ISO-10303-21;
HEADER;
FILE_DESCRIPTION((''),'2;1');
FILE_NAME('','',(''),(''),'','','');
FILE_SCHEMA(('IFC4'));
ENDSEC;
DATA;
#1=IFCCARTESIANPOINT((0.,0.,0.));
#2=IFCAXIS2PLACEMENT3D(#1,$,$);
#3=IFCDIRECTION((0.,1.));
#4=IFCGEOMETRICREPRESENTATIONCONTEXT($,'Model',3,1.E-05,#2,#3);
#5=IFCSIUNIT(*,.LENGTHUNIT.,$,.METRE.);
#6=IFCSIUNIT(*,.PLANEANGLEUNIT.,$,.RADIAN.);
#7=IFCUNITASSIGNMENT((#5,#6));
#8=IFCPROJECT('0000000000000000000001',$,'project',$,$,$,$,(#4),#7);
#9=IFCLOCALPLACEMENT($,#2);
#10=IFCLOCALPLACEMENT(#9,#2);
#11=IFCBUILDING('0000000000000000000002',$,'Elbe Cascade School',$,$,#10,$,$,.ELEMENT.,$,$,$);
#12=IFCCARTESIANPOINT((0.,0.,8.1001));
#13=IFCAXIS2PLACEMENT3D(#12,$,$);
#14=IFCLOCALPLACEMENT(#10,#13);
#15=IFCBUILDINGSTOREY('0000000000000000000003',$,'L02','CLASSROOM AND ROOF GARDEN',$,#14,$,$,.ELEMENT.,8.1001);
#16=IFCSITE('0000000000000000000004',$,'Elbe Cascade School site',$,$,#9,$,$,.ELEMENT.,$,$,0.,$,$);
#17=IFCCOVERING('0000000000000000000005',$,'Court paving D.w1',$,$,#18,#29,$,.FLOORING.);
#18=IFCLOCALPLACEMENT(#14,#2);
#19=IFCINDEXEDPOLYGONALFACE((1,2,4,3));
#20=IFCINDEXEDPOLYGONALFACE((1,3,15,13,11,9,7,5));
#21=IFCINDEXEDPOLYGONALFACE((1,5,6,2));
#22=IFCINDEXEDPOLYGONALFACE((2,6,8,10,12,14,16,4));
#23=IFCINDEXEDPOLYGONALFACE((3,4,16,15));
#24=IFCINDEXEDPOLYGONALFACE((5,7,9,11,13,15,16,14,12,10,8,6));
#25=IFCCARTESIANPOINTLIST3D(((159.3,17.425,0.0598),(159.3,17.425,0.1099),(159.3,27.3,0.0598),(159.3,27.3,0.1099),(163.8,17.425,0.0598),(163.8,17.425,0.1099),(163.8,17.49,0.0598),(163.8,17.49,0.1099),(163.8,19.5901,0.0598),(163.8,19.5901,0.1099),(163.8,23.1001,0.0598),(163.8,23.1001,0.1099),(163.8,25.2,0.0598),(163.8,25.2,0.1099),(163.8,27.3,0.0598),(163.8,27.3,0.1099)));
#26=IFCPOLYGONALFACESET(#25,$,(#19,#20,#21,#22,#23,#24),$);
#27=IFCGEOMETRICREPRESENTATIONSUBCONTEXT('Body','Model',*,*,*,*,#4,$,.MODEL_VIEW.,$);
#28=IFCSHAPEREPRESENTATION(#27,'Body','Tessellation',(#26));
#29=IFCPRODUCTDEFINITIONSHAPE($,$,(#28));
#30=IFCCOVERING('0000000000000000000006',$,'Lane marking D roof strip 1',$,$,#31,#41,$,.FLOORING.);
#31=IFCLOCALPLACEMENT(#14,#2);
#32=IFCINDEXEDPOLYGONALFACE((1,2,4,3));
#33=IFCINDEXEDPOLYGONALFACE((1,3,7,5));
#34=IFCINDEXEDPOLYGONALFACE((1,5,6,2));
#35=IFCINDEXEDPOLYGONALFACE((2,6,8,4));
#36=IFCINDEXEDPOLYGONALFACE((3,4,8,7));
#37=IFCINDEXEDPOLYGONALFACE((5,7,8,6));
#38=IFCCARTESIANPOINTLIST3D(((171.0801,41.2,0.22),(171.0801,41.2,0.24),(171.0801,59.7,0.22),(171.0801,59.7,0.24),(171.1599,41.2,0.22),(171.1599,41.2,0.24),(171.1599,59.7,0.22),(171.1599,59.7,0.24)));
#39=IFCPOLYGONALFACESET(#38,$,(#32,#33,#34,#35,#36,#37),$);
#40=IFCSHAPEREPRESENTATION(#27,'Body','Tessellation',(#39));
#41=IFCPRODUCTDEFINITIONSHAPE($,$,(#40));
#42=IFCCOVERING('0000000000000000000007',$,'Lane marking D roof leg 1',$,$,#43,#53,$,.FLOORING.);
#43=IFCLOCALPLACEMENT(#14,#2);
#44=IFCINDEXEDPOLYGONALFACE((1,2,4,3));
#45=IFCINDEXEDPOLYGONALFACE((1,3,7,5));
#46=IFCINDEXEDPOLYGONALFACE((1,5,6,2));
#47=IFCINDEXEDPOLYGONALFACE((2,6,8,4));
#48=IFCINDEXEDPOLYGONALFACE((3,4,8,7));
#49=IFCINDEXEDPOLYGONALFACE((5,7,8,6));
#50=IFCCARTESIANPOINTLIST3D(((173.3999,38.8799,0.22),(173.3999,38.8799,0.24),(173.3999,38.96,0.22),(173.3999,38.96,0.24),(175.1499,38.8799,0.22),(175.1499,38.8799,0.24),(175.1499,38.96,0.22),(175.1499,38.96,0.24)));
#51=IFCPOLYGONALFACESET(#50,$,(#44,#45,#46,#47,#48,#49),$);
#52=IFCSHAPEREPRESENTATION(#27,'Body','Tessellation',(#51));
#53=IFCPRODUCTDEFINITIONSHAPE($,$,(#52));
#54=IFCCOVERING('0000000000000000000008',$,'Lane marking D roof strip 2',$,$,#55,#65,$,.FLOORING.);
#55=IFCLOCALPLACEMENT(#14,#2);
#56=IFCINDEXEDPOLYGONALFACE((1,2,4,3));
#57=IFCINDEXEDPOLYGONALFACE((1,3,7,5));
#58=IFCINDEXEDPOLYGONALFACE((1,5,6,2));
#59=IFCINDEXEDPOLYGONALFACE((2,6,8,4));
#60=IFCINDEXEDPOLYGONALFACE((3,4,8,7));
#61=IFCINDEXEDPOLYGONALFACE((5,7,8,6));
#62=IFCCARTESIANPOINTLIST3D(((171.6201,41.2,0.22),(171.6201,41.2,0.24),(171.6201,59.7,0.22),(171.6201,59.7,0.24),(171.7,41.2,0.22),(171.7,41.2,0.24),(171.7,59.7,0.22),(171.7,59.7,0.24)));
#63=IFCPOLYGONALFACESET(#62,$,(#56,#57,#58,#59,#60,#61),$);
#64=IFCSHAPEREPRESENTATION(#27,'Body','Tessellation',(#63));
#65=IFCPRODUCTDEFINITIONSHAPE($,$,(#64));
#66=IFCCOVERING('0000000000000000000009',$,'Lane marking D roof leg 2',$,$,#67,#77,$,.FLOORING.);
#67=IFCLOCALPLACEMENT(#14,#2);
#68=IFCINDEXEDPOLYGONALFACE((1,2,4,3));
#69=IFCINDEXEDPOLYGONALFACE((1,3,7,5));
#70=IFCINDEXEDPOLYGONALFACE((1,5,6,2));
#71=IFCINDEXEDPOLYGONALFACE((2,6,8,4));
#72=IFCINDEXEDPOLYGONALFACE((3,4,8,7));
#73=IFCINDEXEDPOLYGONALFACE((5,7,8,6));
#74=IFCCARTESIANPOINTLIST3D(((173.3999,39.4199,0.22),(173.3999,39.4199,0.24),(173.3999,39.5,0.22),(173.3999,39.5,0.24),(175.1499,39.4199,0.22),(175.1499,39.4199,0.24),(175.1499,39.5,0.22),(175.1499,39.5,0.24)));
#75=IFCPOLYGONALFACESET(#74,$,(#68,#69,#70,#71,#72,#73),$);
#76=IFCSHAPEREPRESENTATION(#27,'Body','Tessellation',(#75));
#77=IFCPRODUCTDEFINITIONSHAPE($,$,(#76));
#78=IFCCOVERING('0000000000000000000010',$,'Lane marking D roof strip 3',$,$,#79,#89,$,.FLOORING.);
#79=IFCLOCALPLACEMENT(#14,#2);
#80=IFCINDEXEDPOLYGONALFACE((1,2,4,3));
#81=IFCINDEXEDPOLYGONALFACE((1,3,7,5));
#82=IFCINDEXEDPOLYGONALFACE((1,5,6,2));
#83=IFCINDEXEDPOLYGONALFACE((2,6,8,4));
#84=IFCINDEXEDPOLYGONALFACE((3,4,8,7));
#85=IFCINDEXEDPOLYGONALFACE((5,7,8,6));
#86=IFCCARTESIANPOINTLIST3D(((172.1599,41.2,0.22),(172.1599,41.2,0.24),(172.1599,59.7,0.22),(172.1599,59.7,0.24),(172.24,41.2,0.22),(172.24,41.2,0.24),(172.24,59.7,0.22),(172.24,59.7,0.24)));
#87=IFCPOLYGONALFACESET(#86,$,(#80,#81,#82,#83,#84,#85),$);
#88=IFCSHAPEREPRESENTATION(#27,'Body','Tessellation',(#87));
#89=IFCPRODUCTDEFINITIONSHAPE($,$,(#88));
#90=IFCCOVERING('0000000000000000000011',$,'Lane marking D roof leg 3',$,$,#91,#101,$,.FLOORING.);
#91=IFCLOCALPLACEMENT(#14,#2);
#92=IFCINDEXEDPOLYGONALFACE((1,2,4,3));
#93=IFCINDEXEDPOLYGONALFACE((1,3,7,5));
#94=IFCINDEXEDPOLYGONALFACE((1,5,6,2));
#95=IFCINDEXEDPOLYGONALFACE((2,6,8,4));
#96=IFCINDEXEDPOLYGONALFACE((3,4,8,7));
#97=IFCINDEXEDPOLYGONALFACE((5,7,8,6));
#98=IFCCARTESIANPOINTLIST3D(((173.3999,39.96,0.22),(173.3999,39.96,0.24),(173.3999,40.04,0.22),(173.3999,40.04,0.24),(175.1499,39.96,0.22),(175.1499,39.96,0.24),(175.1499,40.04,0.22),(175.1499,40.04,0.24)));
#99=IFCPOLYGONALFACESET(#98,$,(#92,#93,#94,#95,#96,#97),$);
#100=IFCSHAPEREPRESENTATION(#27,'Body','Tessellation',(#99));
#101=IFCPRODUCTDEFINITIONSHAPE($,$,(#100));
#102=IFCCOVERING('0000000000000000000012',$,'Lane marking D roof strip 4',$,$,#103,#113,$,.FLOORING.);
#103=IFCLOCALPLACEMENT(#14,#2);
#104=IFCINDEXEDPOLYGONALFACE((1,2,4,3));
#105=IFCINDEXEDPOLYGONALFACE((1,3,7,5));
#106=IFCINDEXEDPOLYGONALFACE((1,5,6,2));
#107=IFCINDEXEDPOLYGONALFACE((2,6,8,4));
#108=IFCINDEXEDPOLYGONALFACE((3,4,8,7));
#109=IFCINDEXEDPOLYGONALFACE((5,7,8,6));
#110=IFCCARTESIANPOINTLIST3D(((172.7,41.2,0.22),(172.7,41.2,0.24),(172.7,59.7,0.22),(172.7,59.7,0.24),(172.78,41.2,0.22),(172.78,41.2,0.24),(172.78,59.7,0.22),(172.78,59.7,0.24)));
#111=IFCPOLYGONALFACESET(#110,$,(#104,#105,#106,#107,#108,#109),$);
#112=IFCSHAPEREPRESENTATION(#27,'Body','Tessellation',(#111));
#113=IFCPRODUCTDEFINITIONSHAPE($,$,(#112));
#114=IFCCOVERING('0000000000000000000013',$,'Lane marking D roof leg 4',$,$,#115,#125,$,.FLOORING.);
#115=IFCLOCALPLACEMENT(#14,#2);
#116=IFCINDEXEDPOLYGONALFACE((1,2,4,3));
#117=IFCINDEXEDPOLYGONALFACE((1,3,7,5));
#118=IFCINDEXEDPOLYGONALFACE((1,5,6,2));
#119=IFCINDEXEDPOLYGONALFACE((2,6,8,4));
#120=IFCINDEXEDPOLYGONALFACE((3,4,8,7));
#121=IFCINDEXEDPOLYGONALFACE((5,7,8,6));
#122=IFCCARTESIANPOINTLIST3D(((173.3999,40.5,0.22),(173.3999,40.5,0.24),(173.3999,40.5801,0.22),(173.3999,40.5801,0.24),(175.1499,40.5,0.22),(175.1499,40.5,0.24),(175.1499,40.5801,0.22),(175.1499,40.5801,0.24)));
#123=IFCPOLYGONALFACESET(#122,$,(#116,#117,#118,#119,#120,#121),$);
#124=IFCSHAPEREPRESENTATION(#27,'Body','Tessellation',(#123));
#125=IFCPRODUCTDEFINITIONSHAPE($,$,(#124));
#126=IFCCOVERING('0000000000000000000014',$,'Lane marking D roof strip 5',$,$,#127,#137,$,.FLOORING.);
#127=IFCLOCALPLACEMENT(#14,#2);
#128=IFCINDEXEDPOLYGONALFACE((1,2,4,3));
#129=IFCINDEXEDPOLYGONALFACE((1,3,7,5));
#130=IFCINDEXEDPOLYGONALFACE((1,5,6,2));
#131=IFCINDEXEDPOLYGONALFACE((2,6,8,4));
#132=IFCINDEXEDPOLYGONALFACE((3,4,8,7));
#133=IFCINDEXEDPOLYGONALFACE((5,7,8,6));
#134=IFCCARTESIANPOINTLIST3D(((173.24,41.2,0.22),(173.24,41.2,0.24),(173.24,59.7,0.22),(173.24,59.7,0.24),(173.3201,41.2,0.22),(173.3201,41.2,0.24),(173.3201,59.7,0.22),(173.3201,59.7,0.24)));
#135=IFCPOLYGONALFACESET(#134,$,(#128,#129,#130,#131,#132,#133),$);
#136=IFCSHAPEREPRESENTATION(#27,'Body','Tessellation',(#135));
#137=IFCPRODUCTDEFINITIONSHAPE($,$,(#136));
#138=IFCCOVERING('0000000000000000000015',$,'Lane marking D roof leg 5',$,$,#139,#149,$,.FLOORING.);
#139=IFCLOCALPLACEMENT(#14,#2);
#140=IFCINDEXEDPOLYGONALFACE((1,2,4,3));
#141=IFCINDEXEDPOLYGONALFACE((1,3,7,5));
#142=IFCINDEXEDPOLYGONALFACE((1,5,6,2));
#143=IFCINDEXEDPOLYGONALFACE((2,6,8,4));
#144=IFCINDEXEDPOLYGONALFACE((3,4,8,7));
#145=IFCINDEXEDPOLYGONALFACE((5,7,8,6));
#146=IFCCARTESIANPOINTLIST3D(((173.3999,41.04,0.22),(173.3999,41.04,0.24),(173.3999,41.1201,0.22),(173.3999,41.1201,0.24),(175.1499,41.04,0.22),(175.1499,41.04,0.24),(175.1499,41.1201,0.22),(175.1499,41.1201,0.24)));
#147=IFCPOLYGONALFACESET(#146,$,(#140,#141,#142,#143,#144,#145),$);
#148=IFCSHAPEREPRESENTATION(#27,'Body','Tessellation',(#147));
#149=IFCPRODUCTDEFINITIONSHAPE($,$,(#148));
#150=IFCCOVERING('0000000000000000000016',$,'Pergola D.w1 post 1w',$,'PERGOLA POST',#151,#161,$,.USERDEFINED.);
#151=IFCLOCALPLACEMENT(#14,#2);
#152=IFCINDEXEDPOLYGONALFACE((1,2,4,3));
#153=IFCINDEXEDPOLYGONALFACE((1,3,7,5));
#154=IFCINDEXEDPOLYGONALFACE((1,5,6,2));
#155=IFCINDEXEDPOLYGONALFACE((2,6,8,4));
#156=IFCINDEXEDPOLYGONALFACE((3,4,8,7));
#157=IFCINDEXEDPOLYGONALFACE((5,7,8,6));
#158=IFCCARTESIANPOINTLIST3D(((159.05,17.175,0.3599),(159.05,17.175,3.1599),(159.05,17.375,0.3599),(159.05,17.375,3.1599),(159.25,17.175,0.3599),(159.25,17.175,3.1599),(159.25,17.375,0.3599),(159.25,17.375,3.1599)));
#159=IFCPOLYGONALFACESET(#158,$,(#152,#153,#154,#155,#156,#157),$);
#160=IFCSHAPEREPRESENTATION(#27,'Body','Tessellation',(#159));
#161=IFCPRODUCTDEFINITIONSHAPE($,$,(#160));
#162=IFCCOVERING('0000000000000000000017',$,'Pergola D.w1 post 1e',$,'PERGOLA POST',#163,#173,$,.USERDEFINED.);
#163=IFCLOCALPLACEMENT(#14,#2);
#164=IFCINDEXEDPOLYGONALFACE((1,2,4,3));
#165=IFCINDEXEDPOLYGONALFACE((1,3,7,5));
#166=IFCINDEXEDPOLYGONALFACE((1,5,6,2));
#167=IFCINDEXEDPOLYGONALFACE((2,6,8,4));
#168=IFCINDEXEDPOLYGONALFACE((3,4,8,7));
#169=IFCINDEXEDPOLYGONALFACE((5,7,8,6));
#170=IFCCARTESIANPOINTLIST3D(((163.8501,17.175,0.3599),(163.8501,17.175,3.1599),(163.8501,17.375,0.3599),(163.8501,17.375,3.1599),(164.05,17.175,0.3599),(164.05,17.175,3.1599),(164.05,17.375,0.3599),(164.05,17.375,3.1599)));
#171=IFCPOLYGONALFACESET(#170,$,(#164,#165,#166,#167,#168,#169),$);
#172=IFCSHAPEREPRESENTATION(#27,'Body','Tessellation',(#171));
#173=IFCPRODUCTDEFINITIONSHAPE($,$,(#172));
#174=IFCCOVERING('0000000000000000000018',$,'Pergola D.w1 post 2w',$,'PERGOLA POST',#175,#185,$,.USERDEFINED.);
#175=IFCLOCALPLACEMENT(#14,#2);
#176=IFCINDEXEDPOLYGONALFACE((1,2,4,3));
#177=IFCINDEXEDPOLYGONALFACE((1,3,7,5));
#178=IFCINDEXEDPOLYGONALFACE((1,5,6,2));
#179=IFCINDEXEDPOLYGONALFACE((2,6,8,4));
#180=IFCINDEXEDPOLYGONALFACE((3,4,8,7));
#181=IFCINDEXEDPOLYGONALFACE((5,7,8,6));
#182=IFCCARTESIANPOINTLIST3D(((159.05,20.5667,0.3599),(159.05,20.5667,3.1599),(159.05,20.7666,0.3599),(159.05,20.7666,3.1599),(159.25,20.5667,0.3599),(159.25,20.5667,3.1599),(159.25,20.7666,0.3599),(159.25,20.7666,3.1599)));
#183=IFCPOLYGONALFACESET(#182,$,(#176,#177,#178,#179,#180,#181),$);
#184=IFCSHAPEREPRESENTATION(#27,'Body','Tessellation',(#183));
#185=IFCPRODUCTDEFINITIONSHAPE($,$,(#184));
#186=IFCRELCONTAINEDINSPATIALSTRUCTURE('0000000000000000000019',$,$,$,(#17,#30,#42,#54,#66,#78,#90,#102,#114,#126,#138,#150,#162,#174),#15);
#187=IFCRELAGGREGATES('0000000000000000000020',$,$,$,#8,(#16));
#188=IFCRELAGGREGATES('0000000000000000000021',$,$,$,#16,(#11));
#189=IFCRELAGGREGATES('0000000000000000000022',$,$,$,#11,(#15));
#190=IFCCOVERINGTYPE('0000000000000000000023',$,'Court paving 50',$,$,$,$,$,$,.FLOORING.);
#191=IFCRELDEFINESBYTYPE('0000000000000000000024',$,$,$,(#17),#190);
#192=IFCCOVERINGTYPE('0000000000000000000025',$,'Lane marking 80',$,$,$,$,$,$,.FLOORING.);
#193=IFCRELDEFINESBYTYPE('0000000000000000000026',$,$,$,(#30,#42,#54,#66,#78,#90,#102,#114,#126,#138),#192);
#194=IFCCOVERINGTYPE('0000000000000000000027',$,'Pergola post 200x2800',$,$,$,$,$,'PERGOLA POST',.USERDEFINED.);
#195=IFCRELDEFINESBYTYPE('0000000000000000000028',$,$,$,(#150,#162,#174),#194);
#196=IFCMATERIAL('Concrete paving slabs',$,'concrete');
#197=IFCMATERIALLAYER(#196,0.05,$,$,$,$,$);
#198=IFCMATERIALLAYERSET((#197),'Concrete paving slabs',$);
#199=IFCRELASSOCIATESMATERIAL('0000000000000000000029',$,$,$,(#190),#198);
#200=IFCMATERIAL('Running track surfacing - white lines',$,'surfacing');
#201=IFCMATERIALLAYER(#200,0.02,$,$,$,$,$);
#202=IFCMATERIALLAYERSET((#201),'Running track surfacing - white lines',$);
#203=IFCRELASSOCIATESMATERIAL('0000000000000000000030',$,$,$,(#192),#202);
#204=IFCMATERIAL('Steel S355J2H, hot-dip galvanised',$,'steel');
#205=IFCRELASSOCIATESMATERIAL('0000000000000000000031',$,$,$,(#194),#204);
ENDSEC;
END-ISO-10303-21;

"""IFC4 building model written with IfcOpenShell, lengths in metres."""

from ifc_helpers import new_model, si_unit, direction, frame, origin, place, context, subcontext, project, spatial, polyline, outline, extrude, material, layer, layer_set, type_object, element, save


model = new_model("IFC4")

# Units and contexts
model_context = context("Model", 3, precision=1e-05, world=origin(), true_north=direction((0.0, 1.0)))
body_context = subcontext(model_context, "Body", "Model", "MODEL_VIEW")
ifc_project = project(units=[si_unit("LENGTHUNIT", "METRE"), si_unit("PLANEANGLEUNIT", "RADIAN")], contexts=[model_context])

# Site, building, storey
site_placement = place(None, origin())
site = spatial("IfcSite", under=ifc_project, at=site_placement, Name="Elbe Cascade School site", CompositionType="ELEMENT", RefElevation=0.0)
building_placement = place(site_placement, origin())
building = spatial("IfcBuilding", under=site, at=building_placement, Name="Elbe Cascade School", CompositionType="ELEMENT")
storey_placement = place(building_placement, frame((0.0, 0.0, 8.1001)))
storey = spatial("IfcBuildingStorey", under=building, at=storey_placement, Name="L02", Description="CLASSROOM AND ROOF GARDEN", CompositionType="ELEMENT", Elevation=8.1001)

# Coverings
ifc_material_1 = material(Name="Concrete paving slabs", Category="concrete")
ifc_layer_1 = layer(ifc_material_1, 0.05)
ifc_layer_set_1 = layer_set([ifc_layer_1], Name="Concrete paving slabs")
covering_type_1 = type_object("IfcCoveringType", Name="Court paving 50", PredefinedType="FLOORING", material=ifc_layer_set_1)
covering_1_placement = place(storey_placement, frame((0.0, 0.0, 0.0598)))
element("IfcCovering", 1, at=covering_1_placement, inside=storey, type_object=covering_type_1, Name="Court paving D.w1", PredefinedType="FLOORING", context=body_context, shape_type="SweptSolid", body=[
    extrude(outline(polyline([(163.8, 17.425), (159.3, 17.425), (159.3, 27.3), (163.8, 27.3), (163.8, 25.2), (163.8, 25.2), (163.8, 23.1001), (163.8, 19.5901), (163.8, 19.5901), (163.8, 17.49), (163.8, 17.425)])), origin(), (0.0, 0.0, 1.0), 0.05),
])
ifc_material_2 = material(Name="Running track surfacing - white lines", Category="surfacing")
ifc_layer_2 = layer(ifc_material_2, 0.02)
ifc_layer_set_2 = layer_set([ifc_layer_2], Name="Running track surfacing - white lines")
covering_type_2 = type_object("IfcCoveringType", Name="Lane marking 80", PredefinedType="FLOORING", material=ifc_layer_set_2)
covering_2_placement = place(storey_placement, frame((0.0, 0.0, 0.22)))
element("IfcCovering", 2, at=covering_2_placement, inside=storey, type_object=covering_type_2, Name="Lane marking D roof strip 1", PredefinedType="FLOORING", context=body_context, shape_type="SweptSolid", body=[
    extrude(outline(polyline([(171.0801, 59.7), (171.1599, 59.7), (171.1599, 41.2), (171.0801, 41.2), (171.0801, 59.7)])), origin(), (0.0, 0.0, 1.0), 0.02),
])
covering_3_placement = place(storey_placement, frame((0.0, 0.0, 0.22)))
element("IfcCovering", 3, at=covering_3_placement, inside=storey, type_object=covering_type_2, Name="Lane marking D roof leg 1", PredefinedType="FLOORING", context=body_context, shape_type="SweptSolid", body=[
    extrude(outline(polyline([(173.3999, 38.8799), (175.1499, 38.8799), (175.1499, 38.96), (173.3999, 38.96), (173.3999, 38.8799)])), origin(), (0.0, 0.0, 1.0), 0.02),
])
covering_4_placement = place(storey_placement, frame((0.0, 0.0, 0.22)))
element("IfcCovering", 4, at=covering_4_placement, inside=storey, type_object=covering_type_2, Name="Lane marking D roof strip 2", PredefinedType="FLOORING", context=body_context, shape_type="SweptSolid", body=[
    extrude(outline(polyline([(171.6201, 59.7), (171.7, 59.7), (171.7, 41.2), (171.6201, 41.2), (171.6201, 59.7)])), origin(), (0.0, 0.0, 1.0), 0.02),
])
covering_5_placement = place(storey_placement, frame((0.0, 0.0, 0.22)))
element("IfcCovering", 5, at=covering_5_placement, inside=storey, type_object=covering_type_2, Name="Lane marking D roof leg 2", PredefinedType="FLOORING", context=body_context, shape_type="SweptSolid", body=[
    extrude(outline(polyline([(173.3999, 39.4199), (175.1499, 39.4199), (175.1499, 39.5), (173.3999, 39.5), (173.3999, 39.4199)])), origin(), (0.0, 0.0, 1.0), 0.02),
])
covering_6_placement = place(storey_placement, frame((0.0, 0.0, 0.22)))
element("IfcCovering", 6, at=covering_6_placement, inside=storey, type_object=covering_type_2, Name="Lane marking D roof strip 3", PredefinedType="FLOORING", context=body_context, shape_type="SweptSolid", body=[
    extrude(outline(polyline([(172.1599, 59.7), (172.24, 59.7), (172.24, 41.2), (172.1599, 41.2), (172.1599, 59.7)])), origin(), (0.0, 0.0, 1.0), 0.02),
])
covering_7_placement = place(storey_placement, frame((0.0, 0.0, 0.22)))
element("IfcCovering", 7, at=covering_7_placement, inside=storey, type_object=covering_type_2, Name="Lane marking D roof leg 3", PredefinedType="FLOORING", context=body_context, shape_type="SweptSolid", body=[
    extrude(outline(polyline([(173.3999, 39.96), (175.1499, 39.96), (175.1499, 40.04), (173.3999, 40.04), (173.3999, 39.96)])), origin(), (0.0, 0.0, 1.0), 0.02),
])
covering_8_placement = place(storey_placement, frame((0.0, 0.0, 0.22)))
element("IfcCovering", 8, at=covering_8_placement, inside=storey, type_object=covering_type_2, Name="Lane marking D roof strip 4", PredefinedType="FLOORING", context=body_context, shape_type="SweptSolid", body=[
    extrude(outline(polyline([(172.7, 59.7), (172.78, 59.7), (172.78, 41.2), (172.7, 41.2), (172.7, 59.7)])), origin(), (0.0, 0.0, 1.0), 0.02),
])
covering_9_placement = place(storey_placement, frame((0.0, 0.0, 0.22)))
element("IfcCovering", 9, at=covering_9_placement, inside=storey, type_object=covering_type_2, Name="Lane marking D roof leg 4", PredefinedType="FLOORING", context=body_context, shape_type="SweptSolid", body=[
    extrude(outline(polyline([(173.3999, 40.5), (175.1499, 40.5), (175.1499, 40.5801), (173.3999, 40.5801), (173.3999, 40.5)])), origin(), (0.0, 0.0, 1.0), 0.02),
])
covering_10_placement = place(storey_placement, frame((0.0, 0.0, 0.22)))
element("IfcCovering", 10, at=covering_10_placement, inside=storey, type_object=covering_type_2, Name="Lane marking D roof strip 5", PredefinedType="FLOORING", context=body_context, shape_type="SweptSolid", body=[
    extrude(outline(polyline([(173.24, 59.7), (173.3201, 59.7), (173.3201, 41.2), (173.24, 41.2), (173.24, 59.7)])), origin(), (0.0, 0.0, 1.0), 0.02),
])
covering_11_placement = place(storey_placement, frame((0.0, 0.0, 0.22)))
element("IfcCovering", 11, at=covering_11_placement, inside=storey, type_object=covering_type_2, Name="Lane marking D roof leg 5", PredefinedType="FLOORING", context=body_context, shape_type="SweptSolid", body=[
    extrude(outline(polyline([(173.3999, 41.04), (175.1499, 41.04), (175.1499, 41.1201), (173.3999, 41.1201), (173.3999, 41.04)])), origin(), (0.0, 0.0, 1.0), 0.02),
])
ifc_material_3 = material(Name="Steel S355J2H, hot-dip galvanised", Category="steel")
covering_type_3 = type_object("IfcCoveringType", Name="Pergola post 200x2800", ElementType="PERGOLA POST", PredefinedType="USERDEFINED", material=ifc_material_3)
covering_12_placement = place(storey_placement, frame((0.0, 0.0, 0.3599)))
element("IfcCovering", 12, at=covering_12_placement, inside=storey, type_object=covering_type_3, Name="Pergola D.w1 post 1w", ObjectType="PERGOLA POST", PredefinedType="USERDEFINED", context=body_context, shape_type="SweptSolid", body=[
    extrude(outline(polyline([(159.05, 17.175), (159.25, 17.175), (159.25, 17.375), (159.05, 17.375), (159.05, 17.175)])), origin(), (0.0, 0.0, 1.0), 2.8),
])
covering_13_placement = place(storey_placement, frame((0.0, 0.0, 0.3599)))
element("IfcCovering", 13, at=covering_13_placement, inside=storey, type_object=covering_type_3, Name="Pergola D.w1 post 1e", ObjectType="PERGOLA POST", PredefinedType="USERDEFINED", context=body_context, shape_type="SweptSolid", body=[
    extrude(outline(polyline([(163.8501, 17.175), (164.05, 17.175), (164.05, 17.375), (163.8501, 17.375), (163.8501, 17.175)])), origin(), (0.0, 0.0, 1.0), 2.8),
])
covering_14_placement = place(storey_placement, frame((0.0, 0.0, 0.3599)))
element("IfcCovering", 14, at=covering_14_placement, inside=storey, type_object=covering_type_3, Name="Pergola D.w1 post 2w", ObjectType="PERGOLA POST", PredefinedType="USERDEFINED", context=body_context, shape_type="SweptSolid", body=[
    extrude(outline(polyline([(159.05, 20.5667), (159.25, 20.5667), (159.25, 20.7666), (159.05, 20.7666), (159.05, 20.5667)])), origin(), (0.0, 0.0, 1.0), 2.8),
])

save(model, "model.ifc")
